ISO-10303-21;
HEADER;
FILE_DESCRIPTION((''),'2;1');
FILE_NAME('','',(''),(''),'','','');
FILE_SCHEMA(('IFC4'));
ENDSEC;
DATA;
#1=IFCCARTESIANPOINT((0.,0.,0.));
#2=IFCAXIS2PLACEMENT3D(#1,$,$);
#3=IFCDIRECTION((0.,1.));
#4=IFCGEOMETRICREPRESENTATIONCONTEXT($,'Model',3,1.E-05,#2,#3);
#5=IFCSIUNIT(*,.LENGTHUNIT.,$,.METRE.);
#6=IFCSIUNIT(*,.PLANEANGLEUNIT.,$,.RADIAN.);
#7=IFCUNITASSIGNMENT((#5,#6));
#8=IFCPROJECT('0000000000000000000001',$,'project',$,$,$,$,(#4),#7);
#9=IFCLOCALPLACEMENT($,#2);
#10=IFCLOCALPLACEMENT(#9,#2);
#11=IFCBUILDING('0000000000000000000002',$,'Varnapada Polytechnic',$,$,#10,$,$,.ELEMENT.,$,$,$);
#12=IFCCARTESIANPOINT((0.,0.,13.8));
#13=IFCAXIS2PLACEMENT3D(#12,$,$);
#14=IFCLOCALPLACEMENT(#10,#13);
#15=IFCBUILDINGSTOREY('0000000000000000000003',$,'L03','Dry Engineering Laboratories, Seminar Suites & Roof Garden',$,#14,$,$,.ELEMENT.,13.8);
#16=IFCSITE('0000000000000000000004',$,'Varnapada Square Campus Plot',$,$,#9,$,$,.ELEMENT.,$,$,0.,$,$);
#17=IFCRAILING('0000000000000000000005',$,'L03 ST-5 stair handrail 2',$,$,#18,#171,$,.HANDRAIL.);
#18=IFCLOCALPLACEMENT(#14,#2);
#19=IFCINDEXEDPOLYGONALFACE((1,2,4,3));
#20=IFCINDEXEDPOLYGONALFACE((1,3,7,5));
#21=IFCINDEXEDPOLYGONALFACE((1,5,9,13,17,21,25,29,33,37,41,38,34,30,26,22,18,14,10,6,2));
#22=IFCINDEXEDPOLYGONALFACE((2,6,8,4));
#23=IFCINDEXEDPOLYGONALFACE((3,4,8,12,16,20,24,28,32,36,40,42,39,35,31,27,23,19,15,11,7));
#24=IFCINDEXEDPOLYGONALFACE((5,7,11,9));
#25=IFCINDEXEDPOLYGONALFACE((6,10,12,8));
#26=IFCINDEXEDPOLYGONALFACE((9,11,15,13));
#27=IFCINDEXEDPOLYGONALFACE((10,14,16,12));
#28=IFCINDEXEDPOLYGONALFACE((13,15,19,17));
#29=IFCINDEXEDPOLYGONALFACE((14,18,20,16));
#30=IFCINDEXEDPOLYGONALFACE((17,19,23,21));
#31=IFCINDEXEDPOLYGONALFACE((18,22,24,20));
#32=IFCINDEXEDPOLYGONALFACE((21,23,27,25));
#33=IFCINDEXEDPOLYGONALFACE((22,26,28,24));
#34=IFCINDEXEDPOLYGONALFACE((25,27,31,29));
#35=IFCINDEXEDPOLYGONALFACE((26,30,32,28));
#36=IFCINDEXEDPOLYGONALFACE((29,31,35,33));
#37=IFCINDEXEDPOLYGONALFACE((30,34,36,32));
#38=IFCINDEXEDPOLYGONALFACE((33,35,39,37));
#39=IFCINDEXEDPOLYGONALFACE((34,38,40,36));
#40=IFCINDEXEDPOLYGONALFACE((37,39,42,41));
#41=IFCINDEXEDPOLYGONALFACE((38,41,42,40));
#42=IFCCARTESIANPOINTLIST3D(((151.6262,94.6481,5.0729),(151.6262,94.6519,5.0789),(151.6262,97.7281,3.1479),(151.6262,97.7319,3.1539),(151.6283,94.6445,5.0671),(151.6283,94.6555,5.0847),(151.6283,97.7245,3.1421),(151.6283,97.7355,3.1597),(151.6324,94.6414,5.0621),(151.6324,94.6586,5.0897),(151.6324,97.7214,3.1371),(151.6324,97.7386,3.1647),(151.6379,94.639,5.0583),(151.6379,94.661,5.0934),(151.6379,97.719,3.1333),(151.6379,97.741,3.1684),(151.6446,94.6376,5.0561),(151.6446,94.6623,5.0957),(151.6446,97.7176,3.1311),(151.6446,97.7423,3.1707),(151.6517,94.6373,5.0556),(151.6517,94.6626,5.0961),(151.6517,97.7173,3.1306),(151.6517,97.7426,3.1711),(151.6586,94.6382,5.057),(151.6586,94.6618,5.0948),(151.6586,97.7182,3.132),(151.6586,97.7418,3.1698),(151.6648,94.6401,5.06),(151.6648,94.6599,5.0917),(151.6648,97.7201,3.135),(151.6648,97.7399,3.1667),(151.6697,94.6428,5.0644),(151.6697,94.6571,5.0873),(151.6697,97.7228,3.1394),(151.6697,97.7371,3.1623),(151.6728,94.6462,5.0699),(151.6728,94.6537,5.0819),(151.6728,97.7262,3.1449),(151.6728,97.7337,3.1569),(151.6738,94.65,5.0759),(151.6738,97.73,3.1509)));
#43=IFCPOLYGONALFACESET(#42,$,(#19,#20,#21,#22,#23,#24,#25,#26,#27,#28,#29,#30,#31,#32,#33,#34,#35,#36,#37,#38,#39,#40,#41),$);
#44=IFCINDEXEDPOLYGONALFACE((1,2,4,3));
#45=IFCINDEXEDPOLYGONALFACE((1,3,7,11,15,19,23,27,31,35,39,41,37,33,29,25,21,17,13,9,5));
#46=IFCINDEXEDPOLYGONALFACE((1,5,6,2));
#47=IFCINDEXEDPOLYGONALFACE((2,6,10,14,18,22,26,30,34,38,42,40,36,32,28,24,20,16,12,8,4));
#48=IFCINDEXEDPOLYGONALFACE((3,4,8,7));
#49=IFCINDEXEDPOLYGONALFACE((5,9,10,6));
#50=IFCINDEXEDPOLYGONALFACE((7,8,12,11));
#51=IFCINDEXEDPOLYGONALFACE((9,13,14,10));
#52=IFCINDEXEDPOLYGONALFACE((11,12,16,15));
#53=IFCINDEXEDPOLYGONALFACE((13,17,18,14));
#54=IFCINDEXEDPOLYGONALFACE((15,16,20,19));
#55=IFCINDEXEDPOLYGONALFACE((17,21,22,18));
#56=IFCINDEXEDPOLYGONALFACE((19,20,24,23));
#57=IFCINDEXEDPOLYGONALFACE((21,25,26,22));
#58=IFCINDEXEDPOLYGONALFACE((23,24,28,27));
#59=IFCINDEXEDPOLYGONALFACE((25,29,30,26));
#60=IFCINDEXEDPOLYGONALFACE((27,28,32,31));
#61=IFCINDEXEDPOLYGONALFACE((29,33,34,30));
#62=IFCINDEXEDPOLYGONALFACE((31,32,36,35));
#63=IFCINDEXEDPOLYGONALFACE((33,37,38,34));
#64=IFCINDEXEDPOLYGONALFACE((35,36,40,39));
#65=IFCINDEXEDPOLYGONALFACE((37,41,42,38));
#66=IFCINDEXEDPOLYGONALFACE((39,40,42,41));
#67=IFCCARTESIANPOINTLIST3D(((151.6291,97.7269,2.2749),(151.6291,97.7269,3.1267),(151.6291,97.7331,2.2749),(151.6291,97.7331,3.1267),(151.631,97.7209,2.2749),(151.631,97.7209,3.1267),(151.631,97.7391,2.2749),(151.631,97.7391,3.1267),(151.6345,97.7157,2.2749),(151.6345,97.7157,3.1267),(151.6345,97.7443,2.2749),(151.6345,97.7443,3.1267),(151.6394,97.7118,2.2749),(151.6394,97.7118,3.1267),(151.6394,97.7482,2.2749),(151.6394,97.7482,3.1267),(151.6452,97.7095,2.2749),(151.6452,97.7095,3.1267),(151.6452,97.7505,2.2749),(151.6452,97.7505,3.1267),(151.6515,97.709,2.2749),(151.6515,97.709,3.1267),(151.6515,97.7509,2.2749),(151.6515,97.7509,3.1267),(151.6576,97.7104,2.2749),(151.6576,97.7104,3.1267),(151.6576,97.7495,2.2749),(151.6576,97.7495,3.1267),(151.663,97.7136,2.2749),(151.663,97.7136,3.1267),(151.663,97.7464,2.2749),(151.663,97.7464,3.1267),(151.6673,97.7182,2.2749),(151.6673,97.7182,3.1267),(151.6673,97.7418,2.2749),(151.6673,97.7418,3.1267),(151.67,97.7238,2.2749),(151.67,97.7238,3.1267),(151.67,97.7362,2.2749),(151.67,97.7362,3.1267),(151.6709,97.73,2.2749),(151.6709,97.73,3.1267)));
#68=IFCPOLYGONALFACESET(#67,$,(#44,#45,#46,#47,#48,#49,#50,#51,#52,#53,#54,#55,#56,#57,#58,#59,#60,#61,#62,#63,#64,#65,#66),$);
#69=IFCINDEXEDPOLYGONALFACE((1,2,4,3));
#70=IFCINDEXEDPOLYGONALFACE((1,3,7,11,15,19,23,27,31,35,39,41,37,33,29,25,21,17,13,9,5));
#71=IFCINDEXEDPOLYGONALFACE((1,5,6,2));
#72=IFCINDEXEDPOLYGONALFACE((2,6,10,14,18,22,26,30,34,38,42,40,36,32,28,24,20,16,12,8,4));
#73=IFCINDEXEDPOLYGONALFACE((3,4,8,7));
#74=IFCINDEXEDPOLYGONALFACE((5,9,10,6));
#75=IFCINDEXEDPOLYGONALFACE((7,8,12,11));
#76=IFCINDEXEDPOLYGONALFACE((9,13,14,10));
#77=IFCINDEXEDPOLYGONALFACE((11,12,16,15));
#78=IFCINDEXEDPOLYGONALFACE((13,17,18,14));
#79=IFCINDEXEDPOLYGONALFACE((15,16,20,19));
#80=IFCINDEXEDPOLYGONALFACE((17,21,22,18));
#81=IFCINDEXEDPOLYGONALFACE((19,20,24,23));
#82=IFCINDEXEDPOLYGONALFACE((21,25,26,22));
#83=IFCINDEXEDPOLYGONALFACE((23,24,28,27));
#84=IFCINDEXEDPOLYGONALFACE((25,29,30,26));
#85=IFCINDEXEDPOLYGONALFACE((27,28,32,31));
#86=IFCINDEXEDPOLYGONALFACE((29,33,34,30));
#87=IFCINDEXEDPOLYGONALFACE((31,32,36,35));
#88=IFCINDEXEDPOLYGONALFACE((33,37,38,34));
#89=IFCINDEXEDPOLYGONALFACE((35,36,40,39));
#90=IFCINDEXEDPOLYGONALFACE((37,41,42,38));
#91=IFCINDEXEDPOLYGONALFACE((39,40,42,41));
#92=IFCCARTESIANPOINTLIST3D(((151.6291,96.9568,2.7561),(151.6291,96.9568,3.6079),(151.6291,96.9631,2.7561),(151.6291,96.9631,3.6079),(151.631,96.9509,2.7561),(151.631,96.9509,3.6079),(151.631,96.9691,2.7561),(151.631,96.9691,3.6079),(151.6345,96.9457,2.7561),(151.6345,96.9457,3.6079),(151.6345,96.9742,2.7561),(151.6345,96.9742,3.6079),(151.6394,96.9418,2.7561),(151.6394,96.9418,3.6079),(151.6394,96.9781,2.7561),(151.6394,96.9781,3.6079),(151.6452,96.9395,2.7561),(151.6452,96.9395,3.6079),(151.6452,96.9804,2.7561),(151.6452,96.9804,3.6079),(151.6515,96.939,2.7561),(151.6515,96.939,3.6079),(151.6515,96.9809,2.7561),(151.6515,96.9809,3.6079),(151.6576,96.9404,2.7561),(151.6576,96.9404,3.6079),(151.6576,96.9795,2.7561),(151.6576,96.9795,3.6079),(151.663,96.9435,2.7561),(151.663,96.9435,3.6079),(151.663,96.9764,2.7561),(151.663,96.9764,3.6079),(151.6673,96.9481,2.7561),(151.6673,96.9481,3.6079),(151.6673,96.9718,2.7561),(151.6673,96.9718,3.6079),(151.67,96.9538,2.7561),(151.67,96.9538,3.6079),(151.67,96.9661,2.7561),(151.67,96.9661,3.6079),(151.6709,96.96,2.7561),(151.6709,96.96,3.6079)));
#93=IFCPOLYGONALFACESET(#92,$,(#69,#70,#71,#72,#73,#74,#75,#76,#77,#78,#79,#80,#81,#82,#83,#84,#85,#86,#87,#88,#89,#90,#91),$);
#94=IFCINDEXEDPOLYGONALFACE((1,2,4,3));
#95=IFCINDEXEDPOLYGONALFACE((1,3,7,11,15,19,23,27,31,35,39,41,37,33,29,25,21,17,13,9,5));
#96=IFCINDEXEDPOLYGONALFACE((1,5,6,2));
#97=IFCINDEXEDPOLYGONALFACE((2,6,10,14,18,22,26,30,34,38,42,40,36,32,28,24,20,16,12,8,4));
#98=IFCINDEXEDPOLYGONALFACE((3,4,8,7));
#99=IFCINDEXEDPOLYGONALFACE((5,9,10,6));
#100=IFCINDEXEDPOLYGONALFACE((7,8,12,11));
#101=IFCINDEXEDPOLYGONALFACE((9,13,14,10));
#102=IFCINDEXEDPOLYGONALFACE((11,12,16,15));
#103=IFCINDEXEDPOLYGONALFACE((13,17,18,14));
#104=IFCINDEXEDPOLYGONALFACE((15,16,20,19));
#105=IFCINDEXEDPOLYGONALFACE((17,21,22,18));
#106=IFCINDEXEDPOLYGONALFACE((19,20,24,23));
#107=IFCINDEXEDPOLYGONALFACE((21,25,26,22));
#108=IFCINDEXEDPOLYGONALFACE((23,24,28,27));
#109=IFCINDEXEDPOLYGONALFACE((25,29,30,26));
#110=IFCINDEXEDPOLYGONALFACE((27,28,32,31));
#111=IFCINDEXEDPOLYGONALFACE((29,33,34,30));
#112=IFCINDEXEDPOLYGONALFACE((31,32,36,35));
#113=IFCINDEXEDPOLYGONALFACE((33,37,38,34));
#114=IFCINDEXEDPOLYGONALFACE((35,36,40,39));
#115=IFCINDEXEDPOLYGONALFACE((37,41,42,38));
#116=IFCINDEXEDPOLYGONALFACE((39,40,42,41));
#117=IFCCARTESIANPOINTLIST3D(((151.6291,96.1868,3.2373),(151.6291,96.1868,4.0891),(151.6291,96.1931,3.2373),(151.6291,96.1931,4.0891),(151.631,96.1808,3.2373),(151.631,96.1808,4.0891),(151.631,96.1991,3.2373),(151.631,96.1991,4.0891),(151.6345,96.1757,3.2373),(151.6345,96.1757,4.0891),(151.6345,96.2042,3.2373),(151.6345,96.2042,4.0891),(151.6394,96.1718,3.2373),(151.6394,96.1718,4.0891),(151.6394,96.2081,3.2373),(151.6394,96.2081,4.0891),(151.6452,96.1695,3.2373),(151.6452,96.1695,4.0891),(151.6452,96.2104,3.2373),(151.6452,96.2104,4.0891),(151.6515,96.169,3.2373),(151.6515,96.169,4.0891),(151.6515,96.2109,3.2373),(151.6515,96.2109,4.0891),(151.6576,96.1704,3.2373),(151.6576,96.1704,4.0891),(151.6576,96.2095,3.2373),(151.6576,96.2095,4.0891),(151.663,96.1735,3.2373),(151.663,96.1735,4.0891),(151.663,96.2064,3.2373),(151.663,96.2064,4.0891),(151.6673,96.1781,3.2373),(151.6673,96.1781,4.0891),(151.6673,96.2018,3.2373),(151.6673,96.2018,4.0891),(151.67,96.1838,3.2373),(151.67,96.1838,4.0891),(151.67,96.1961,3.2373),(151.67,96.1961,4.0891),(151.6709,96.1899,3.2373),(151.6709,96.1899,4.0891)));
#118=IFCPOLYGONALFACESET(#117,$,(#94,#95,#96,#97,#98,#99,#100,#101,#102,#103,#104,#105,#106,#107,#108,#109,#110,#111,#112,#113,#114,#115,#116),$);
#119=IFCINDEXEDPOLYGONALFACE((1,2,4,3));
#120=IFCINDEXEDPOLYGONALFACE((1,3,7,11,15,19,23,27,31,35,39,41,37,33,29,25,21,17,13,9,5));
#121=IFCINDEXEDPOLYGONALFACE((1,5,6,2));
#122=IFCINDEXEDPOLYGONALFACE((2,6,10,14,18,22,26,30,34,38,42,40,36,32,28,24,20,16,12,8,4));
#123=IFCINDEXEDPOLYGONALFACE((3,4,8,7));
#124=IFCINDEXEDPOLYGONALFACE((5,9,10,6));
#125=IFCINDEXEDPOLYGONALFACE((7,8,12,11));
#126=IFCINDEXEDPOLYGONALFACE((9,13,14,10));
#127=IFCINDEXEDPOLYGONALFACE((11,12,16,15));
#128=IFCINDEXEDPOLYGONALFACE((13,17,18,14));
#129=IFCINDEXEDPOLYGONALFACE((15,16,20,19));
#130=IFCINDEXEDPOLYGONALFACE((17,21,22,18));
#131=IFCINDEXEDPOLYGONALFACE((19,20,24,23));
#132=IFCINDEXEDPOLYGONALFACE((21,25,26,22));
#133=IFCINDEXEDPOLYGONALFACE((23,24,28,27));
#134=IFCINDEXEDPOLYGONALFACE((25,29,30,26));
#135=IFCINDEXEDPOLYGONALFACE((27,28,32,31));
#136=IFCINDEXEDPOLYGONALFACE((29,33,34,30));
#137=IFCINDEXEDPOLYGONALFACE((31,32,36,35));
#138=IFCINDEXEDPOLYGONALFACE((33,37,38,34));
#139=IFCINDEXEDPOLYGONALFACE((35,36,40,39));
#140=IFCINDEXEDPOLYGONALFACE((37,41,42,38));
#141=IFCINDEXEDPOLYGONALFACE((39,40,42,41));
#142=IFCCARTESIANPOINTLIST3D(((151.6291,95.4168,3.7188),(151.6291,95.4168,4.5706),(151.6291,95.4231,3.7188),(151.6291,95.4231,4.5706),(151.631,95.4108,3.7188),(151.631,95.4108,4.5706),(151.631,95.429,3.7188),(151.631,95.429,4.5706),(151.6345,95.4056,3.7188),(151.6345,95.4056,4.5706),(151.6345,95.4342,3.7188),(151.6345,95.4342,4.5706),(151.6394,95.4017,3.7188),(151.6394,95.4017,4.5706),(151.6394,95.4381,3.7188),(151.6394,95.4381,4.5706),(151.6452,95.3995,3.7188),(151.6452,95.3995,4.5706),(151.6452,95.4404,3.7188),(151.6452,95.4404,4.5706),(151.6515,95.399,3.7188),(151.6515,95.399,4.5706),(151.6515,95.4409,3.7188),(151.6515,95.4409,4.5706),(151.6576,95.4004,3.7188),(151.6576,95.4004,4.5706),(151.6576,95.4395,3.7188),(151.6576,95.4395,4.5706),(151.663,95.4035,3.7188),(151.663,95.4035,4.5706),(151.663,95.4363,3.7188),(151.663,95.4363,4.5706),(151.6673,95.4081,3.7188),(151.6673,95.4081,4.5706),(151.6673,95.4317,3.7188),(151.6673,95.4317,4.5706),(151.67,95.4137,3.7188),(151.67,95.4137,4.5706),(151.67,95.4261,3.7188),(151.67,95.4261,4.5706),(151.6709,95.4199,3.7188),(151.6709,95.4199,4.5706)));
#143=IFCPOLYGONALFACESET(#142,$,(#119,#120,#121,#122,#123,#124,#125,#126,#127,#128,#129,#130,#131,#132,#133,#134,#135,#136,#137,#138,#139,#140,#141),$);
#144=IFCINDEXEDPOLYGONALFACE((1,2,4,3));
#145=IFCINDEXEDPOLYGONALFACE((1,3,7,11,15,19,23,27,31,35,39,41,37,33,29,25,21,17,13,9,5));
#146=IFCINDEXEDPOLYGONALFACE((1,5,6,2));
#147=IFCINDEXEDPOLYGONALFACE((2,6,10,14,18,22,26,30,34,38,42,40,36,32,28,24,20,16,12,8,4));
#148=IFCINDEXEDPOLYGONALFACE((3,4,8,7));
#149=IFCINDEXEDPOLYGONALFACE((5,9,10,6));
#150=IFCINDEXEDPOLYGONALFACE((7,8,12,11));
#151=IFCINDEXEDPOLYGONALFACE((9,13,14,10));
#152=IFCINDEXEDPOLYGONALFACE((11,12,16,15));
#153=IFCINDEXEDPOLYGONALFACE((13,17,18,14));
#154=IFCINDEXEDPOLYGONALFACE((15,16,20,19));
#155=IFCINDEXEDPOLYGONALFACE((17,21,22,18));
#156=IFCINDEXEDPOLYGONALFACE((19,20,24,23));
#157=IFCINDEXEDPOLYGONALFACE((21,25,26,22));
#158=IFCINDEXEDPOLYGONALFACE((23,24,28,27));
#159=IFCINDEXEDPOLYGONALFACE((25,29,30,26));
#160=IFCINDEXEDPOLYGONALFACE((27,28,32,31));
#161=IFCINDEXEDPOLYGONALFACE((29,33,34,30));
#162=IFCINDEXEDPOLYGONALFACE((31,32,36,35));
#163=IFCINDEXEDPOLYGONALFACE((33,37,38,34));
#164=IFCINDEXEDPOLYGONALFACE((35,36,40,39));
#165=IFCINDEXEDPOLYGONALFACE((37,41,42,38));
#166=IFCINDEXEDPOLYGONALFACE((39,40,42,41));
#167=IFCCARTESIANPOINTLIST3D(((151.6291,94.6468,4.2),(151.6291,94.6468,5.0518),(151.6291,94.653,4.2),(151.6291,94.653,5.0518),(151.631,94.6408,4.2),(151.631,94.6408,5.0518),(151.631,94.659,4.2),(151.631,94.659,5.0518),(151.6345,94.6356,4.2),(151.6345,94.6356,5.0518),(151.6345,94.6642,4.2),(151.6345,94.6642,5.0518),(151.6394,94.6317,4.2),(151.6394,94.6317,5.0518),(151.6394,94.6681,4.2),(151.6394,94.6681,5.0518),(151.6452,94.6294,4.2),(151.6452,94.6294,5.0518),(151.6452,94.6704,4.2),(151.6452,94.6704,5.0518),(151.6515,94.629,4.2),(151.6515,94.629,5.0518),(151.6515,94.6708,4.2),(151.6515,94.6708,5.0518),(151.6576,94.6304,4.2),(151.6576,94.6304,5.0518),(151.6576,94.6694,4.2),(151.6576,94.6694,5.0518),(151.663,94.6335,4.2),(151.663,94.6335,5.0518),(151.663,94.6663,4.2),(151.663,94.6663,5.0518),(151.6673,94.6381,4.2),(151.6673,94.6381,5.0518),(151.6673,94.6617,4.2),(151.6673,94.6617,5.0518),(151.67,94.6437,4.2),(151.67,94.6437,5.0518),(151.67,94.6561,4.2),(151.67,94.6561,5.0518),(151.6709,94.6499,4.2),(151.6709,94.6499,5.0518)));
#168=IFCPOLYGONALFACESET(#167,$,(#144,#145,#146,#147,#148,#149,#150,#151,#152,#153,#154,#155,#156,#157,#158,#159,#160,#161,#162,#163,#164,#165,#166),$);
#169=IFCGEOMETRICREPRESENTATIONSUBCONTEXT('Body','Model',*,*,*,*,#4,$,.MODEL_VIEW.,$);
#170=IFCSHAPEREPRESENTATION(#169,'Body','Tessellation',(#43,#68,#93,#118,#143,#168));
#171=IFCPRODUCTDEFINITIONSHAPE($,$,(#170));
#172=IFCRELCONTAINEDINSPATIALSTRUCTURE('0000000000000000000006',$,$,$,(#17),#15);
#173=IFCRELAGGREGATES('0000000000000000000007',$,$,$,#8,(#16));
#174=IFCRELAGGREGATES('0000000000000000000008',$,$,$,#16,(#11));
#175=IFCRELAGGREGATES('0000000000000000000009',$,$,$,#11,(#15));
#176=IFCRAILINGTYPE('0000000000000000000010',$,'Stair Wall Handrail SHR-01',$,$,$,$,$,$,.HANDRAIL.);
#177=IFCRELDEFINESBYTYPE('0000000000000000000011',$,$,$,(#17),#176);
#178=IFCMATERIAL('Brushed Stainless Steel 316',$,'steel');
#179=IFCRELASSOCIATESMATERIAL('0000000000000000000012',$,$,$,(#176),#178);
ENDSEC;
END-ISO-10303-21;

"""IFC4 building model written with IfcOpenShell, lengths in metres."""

from ifc_helpers import new_model, si_unit, direction, frame, origin, origin_2d, place, context, subcontext, project, spatial, circle, extrude, material, type_object, element, save


model = new_model("IFC4")

# Units and contexts
model_context = context("Model", 3, precision=1e-05, world=origin(), true_north=direction((0.0, 1.0)))
body_context = subcontext(model_context, "Body", "Model", "MODEL_VIEW")
ifc_project = project(units=[si_unit("LENGTHUNIT", "METRE"), si_unit("PLANEANGLEUNIT", "RADIAN")], contexts=[model_context])

# Site, building, storey
site_placement = place(None, origin())
site = spatial("IfcSite", under=ifc_project, at=site_placement, Name="Varnapada Square Campus Plot", CompositionType="ELEMENT", RefElevation=0.0)
building_placement = place(site_placement, origin())
building = spatial("IfcBuilding", under=site, at=building_placement, Name="Varnapada Polytechnic", CompositionType="ELEMENT")
storey_placement = place(building_placement, frame((0.0, 0.0, 13.8)))
storey = spatial("IfcBuildingStorey", under=building, at=storey_placement, Name="L03", Description="Dry Engineering Laboratories, Seminar Suites & Roof Garden", CompositionType="ELEMENT", Elevation=13.8)

# Shared definitions
ifc_material_1 = material(Name="Brushed Stainless Steel 316", Category="steel")

# Railing
railing_type_1 = type_object("IfcRailingType", Name="Stair Wall Handrail SHR-01", PredefinedType="HANDRAIL", material=ifc_material_1)
railing_1_placement = place(storey_placement, frame((151.6499, 97.73, 2.2749)))
element("IfcRailing", 1, at=railing_1_placement, inside=storey, type_object=railing_type_1, Name="L03 ST-5 stair handrail 2", PredefinedType="HANDRAIL", context=body_context, shape_type="SweptSolid", body=[
    extrude(circle(Radius=0.0239, at=origin_2d()), frame((0.0, 0.0, 0.876), z_axis=(0.0, -0.847998, 0.529999), x_axis=(1.0, 0.0, 0.0)), (0.0, 0.0, 1.0), 3.6321),
    extrude(circle(Radius=0.021, at=origin_2d()), origin(), (0.0, 0.0, 1.0), 0.8518),
    extrude(circle(Radius=0.021, at=origin_2d()), frame((0.0, -0.77, 0.4812)), (0.0, 0.0, 1.0), 0.8518),
    extrude(circle(Radius=0.021, at=origin_2d()), frame((0.0, -1.54, 0.9624)), (0.0, 0.0, 1.0), 0.8518),
    extrude(circle(Radius=0.021, at=origin_2d()), frame((0.0, -2.3101, 1.4438)), (0.0, 0.0, 1.0), 0.8518),
    extrude(circle(Radius=0.021, at=origin_2d()), frame((0.0, -3.0801, 1.925)), (0.0, 0.0, 1.0), 0.8518),
])

save(model, "model.ifc")
